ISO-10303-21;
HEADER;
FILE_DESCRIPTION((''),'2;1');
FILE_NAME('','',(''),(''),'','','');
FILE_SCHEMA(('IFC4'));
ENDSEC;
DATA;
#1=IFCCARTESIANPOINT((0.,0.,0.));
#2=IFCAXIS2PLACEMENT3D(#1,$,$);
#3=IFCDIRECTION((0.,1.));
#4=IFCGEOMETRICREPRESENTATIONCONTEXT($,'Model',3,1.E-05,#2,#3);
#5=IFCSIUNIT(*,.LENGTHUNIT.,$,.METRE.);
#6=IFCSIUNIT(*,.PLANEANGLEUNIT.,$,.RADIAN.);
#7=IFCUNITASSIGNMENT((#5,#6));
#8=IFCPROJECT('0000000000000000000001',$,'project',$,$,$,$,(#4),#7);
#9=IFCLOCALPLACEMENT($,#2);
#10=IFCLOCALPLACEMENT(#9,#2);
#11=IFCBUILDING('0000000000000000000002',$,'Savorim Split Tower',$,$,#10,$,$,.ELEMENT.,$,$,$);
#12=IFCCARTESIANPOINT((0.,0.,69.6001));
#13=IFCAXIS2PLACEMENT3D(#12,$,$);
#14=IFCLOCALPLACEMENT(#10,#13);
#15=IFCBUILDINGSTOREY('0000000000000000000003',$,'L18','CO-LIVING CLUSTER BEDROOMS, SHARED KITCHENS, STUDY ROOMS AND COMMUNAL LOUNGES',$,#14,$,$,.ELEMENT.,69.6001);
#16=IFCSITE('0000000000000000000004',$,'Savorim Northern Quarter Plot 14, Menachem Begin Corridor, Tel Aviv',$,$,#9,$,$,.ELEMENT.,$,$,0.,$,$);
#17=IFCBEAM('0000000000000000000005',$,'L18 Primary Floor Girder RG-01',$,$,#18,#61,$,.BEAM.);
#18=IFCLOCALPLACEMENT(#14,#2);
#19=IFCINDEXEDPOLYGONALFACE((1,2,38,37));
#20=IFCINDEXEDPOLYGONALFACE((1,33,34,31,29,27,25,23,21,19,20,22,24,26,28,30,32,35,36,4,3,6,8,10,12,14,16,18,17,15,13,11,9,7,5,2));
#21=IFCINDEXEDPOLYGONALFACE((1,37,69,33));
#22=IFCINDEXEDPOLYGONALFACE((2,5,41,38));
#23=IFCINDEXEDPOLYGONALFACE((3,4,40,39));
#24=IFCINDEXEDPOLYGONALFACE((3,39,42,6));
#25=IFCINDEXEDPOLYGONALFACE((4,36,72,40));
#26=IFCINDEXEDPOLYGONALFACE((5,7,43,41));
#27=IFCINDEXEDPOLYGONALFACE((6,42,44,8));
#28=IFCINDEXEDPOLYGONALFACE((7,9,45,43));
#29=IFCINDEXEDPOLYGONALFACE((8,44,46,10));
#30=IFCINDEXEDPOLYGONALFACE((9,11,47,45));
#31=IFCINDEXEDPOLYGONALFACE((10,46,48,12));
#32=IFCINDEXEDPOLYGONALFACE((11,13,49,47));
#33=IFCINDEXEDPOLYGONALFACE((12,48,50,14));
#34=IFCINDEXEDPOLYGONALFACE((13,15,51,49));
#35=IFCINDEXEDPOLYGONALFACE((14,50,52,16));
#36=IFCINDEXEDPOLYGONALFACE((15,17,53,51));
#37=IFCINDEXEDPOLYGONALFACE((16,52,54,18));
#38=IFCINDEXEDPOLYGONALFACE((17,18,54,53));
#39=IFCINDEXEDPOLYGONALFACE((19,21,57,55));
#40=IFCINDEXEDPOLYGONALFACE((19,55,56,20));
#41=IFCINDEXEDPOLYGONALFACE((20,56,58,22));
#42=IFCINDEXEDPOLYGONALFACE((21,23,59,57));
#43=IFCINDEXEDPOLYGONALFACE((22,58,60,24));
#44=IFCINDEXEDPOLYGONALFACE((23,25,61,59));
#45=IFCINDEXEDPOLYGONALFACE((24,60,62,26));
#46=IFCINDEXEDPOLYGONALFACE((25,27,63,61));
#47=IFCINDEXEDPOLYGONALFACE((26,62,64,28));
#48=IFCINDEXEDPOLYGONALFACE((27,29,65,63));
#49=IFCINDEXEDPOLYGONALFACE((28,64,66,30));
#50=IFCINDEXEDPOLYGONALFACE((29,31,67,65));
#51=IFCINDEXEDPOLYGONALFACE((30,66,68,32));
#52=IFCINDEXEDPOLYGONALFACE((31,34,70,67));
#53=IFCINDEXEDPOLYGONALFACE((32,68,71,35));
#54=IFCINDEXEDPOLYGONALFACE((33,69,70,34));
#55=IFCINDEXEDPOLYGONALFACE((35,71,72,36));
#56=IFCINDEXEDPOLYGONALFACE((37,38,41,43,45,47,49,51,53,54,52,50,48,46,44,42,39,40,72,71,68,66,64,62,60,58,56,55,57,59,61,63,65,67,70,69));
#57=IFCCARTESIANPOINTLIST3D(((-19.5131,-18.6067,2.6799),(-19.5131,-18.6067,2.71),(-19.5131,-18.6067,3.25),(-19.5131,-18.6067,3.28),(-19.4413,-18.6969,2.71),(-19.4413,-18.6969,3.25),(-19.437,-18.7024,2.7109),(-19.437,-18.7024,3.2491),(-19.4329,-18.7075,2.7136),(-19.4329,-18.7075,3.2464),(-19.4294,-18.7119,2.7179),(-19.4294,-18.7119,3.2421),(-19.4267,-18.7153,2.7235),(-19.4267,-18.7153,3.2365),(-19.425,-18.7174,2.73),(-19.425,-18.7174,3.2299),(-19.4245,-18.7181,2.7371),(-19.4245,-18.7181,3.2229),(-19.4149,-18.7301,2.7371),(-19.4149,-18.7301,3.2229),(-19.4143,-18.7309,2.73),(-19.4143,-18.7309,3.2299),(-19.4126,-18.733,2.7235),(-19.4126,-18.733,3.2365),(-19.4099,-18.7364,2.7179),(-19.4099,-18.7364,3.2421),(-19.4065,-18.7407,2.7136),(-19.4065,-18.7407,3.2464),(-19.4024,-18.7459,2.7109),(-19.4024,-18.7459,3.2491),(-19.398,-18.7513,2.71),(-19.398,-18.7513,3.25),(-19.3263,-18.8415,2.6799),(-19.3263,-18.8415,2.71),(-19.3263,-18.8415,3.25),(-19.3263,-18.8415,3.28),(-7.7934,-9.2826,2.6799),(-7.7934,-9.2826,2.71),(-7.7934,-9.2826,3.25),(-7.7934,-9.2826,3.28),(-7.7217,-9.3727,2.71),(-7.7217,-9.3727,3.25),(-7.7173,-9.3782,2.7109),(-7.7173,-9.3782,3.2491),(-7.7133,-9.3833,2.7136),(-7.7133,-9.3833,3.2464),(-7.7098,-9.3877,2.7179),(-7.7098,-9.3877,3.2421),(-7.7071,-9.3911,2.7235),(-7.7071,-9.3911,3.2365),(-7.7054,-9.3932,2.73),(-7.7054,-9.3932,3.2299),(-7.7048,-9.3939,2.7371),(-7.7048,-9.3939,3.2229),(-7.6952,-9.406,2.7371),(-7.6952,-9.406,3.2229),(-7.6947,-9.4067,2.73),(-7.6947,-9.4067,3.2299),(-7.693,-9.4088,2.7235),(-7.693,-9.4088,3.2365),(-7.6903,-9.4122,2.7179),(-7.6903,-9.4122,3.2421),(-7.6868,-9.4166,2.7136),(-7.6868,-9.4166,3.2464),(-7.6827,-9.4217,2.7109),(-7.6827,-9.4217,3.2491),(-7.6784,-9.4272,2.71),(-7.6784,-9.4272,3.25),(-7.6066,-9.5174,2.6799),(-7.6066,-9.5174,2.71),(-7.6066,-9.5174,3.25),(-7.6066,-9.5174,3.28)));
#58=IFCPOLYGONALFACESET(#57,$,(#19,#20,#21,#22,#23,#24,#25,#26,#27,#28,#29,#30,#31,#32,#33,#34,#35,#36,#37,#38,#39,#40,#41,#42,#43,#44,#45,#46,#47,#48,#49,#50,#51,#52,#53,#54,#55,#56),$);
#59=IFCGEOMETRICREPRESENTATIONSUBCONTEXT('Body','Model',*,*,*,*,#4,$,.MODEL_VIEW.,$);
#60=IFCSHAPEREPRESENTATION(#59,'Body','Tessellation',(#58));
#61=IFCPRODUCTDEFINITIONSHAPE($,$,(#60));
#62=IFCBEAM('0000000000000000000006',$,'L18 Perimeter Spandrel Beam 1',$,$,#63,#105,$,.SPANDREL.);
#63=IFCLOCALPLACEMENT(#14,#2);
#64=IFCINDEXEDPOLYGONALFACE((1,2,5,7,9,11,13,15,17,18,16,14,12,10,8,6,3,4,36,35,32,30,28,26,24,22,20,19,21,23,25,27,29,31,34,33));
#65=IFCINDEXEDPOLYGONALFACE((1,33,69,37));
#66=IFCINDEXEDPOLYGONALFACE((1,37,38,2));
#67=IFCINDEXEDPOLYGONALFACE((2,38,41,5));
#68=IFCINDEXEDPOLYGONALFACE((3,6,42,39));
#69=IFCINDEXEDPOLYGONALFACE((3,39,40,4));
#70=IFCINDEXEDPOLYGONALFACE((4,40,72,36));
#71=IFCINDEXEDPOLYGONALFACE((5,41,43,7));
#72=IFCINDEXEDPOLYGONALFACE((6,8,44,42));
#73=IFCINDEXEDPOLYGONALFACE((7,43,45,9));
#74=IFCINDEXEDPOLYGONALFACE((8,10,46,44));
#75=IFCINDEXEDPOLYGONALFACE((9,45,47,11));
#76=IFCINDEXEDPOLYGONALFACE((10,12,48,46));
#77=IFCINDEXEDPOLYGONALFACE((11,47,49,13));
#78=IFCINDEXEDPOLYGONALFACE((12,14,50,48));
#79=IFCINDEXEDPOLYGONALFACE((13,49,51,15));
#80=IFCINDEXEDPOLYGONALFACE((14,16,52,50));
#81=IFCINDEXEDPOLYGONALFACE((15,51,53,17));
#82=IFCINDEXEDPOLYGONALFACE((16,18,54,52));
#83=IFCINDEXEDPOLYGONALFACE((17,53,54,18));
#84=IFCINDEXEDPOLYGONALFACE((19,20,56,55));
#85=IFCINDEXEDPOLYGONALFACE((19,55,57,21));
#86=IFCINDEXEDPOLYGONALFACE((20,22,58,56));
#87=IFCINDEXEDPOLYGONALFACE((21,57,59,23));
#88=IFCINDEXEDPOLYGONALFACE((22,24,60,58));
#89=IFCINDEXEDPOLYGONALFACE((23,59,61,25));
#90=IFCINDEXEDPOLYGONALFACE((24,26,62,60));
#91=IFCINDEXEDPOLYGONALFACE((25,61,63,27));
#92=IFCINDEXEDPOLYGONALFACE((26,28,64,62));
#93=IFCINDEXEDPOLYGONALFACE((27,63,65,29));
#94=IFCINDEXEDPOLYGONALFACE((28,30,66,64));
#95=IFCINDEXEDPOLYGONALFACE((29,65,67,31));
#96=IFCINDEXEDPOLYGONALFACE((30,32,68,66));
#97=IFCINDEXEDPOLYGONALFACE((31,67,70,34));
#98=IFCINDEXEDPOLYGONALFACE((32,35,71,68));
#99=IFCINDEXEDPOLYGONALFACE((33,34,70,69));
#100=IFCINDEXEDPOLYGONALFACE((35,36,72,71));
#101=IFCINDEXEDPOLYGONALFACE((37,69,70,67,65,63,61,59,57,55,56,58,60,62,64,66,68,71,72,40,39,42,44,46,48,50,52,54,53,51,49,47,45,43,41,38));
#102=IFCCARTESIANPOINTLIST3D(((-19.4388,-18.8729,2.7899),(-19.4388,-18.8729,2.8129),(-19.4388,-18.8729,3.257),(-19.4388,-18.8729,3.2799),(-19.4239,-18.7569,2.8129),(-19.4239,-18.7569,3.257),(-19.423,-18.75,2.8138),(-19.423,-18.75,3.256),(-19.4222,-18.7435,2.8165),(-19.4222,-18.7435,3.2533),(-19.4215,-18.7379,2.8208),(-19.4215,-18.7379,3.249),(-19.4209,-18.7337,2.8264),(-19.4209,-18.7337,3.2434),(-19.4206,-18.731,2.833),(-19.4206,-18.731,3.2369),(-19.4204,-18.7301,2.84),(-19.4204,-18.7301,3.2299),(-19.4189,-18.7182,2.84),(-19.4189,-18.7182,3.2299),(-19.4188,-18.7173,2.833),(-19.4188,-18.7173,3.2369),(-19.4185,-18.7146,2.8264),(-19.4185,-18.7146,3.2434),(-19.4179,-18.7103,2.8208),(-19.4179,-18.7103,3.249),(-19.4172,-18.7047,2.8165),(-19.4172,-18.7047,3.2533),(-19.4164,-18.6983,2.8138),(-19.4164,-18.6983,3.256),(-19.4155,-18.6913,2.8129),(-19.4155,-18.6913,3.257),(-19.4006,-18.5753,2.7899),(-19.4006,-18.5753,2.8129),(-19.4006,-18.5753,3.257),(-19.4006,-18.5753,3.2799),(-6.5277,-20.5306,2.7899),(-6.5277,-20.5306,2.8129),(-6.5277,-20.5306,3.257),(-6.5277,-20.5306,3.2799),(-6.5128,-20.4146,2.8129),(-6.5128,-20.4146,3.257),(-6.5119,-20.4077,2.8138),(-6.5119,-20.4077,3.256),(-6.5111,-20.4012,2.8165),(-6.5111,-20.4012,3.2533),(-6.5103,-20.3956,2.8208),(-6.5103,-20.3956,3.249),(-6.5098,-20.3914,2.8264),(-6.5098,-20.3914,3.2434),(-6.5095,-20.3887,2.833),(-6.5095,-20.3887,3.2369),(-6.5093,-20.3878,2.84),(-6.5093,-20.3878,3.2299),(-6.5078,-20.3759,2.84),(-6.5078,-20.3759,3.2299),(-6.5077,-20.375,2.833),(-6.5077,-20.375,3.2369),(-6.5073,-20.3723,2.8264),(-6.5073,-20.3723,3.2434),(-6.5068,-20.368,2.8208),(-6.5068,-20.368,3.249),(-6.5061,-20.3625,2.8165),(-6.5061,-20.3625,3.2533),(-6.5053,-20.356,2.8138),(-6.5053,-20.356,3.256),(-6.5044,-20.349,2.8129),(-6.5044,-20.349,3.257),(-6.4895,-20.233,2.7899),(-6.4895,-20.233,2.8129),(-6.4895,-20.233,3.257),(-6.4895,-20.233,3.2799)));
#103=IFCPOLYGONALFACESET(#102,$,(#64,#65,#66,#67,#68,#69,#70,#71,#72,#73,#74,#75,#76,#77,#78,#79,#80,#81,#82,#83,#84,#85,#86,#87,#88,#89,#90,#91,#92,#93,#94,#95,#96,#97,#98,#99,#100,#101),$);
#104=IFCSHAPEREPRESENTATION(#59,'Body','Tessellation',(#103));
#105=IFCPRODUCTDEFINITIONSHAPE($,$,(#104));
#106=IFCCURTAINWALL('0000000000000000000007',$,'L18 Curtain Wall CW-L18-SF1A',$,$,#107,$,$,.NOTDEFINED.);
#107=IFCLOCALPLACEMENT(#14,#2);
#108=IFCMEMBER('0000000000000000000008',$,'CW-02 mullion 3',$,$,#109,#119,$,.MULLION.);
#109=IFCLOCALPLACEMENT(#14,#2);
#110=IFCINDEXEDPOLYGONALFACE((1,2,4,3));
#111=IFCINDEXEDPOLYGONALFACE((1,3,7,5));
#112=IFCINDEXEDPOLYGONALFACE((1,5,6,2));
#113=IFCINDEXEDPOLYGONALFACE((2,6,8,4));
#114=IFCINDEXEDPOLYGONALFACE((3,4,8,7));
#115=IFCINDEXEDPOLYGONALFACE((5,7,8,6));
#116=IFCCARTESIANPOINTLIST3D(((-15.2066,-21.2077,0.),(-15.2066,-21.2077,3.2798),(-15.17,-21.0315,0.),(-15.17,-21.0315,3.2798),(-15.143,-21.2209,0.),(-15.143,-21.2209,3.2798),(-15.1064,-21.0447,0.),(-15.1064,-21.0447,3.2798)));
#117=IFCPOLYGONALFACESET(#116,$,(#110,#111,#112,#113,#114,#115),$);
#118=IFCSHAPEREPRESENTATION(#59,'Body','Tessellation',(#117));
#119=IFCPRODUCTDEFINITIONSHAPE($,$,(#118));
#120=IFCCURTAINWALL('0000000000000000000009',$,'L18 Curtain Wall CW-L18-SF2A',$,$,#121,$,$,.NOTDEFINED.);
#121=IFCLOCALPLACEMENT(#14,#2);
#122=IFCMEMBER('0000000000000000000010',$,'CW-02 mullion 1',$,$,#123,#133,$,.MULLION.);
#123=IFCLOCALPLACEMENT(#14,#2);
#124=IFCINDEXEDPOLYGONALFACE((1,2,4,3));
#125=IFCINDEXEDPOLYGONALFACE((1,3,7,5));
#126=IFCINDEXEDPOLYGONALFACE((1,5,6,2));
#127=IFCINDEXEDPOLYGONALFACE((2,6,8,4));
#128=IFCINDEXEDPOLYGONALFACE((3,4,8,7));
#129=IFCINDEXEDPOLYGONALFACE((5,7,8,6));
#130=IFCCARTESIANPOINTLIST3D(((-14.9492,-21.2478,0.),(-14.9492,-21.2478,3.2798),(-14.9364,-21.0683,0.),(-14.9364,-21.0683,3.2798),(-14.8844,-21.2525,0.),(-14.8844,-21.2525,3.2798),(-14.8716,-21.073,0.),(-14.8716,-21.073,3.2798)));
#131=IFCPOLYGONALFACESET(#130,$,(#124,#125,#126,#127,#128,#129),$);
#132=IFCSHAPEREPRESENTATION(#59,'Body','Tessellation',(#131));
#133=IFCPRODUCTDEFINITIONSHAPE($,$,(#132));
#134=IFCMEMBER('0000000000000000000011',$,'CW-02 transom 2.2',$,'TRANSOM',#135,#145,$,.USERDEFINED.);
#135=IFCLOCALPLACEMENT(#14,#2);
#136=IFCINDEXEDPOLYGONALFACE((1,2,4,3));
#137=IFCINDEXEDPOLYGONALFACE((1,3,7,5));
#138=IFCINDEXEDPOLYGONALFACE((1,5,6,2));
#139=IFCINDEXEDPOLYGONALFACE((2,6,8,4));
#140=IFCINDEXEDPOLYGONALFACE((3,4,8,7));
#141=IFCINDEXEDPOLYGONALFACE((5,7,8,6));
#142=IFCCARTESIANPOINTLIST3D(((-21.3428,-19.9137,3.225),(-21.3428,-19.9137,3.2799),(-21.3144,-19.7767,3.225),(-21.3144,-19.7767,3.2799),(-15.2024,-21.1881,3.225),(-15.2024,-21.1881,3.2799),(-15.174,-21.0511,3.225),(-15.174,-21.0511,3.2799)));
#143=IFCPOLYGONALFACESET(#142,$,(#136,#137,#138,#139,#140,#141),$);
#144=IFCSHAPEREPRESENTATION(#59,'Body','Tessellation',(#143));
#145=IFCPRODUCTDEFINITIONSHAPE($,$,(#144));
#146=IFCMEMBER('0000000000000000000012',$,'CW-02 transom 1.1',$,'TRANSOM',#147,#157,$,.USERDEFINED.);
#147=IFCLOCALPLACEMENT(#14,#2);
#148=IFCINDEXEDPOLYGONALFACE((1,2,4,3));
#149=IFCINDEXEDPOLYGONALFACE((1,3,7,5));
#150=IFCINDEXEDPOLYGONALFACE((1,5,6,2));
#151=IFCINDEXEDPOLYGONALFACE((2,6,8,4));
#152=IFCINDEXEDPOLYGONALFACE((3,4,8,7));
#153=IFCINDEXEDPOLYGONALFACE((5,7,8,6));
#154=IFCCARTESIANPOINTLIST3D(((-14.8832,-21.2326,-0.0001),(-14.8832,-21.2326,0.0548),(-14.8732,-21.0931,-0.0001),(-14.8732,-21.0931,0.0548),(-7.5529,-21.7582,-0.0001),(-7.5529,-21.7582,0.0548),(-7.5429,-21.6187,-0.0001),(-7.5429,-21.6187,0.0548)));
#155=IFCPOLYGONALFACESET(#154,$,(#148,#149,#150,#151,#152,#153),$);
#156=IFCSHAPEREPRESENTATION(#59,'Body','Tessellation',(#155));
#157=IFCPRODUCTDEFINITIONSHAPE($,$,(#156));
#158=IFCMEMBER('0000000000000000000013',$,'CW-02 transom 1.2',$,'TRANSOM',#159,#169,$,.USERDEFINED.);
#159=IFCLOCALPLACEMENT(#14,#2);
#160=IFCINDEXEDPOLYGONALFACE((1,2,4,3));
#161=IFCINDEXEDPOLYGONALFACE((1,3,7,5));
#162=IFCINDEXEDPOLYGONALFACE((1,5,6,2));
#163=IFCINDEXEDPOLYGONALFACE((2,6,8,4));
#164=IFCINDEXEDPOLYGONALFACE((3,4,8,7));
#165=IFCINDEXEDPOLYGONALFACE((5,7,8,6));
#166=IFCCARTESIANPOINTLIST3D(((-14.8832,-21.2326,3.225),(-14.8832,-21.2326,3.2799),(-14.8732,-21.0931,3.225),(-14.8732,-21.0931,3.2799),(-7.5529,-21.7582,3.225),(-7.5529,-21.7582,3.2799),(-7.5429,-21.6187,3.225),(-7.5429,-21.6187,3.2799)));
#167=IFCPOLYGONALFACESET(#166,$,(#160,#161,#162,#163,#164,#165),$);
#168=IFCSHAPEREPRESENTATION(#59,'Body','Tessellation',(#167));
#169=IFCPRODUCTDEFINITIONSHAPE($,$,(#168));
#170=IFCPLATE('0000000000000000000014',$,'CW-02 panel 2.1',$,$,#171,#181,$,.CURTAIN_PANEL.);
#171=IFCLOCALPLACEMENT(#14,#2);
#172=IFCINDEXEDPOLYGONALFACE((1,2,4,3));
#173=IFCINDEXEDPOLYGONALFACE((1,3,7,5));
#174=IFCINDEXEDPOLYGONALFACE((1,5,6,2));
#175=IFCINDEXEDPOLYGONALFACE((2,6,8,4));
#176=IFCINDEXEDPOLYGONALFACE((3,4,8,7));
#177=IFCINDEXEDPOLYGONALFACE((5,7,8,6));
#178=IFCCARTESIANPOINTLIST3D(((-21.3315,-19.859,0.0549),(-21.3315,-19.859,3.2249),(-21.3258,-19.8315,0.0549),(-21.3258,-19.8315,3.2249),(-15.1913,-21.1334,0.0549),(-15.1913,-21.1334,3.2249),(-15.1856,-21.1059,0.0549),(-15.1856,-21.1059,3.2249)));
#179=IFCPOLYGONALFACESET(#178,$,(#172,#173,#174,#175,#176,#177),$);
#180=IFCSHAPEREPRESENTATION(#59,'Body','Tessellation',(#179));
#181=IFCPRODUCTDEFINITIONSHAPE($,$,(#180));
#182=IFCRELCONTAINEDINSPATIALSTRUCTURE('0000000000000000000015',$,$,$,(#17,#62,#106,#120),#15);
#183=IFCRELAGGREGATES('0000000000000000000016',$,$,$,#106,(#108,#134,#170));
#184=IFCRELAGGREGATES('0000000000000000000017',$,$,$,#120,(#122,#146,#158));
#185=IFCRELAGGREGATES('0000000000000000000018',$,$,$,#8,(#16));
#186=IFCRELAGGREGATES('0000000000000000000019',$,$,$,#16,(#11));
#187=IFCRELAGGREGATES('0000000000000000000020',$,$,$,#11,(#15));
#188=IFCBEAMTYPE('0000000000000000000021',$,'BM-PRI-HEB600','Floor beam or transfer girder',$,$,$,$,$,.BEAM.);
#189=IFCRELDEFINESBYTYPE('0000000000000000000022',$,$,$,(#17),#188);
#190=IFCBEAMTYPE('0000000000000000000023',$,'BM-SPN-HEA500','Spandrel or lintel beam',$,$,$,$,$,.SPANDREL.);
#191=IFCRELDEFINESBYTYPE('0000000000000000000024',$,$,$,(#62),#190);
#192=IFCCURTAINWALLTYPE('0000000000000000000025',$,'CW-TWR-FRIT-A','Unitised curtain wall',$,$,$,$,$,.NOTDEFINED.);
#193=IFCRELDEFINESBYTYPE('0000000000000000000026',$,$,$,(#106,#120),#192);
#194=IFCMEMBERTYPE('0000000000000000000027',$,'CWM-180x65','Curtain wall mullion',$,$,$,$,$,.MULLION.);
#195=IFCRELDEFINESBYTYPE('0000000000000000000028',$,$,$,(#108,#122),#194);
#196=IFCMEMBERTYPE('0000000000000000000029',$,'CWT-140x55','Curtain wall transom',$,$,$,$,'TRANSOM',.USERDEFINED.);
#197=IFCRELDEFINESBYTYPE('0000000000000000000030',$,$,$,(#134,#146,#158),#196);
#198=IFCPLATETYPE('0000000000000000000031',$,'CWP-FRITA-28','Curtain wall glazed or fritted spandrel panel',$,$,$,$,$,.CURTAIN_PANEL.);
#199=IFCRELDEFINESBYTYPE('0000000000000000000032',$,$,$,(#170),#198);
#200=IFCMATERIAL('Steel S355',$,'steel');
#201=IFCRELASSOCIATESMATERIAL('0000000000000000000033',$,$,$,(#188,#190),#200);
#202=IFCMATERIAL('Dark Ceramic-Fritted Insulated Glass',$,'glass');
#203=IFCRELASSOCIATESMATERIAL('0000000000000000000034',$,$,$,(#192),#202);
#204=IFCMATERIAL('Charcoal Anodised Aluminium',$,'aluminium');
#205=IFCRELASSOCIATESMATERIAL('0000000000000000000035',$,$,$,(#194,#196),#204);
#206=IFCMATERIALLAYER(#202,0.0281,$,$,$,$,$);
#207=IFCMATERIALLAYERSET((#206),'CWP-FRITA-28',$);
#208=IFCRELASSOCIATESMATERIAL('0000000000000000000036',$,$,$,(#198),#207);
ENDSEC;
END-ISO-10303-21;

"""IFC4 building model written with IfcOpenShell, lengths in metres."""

from ifc_helpers import new_model, si_unit, direction, frame, origin, origin_2d, place, context, subcontext, project, spatial, rectangle, i_section, extrude, material, layer, layer_set, material_profile, profile_set, type_object, element, aggregate, save


model = new_model("IFC4")

# Units and contexts
model_context = context("Model", 3, precision=1e-05, world=origin(), true_north=direction((0.0, 1.0)))
body_context = subcontext(model_context, "Body", "Model", "MODEL_VIEW")
ifc_project = project(units=[si_unit("LENGTHUNIT", "METRE"), si_unit("PLANEANGLEUNIT", "RADIAN")], contexts=[model_context])

# Site, building, storey
site_placement = place(None, origin())
site = spatial("IfcSite", under=ifc_project, at=site_placement, Name="Savorim Northern Quarter Plot 14, Menachem Begin Corridor, Tel Aviv", CompositionType="ELEMENT", RefElevation=0.0)
building_placement = place(site_placement, origin())
building = spatial("IfcBuilding", under=site, at=building_placement, Name="Savorim Split Tower", CompositionType="ELEMENT")
storey_placement = place(building_placement, frame((0.0, 0.0, 69.6001)))
storey = spatial("IfcBuildingStorey", under=building, at=storey_placement, Name="L18", Description="CO-LIVING CLUSTER BEDROOMS, SHARED KITCHENS, STUDY ROOMS AND COMMUNAL LOUNGES", CompositionType="ELEMENT", Elevation=69.6001)

# Beams
ifc_material_1 = material(Name="Steel S355", Category="steel")
ifc_material_profile_1 = material_profile(ifc_material_1, i_section(OverallWidth=0.3, OverallDepth=0.6001, WebThickness=0.0154, FlangeThickness=0.03, FilletRadius=0.0271, at=origin_2d()), Name="HEB 600")
ifc_profile_set_1 = profile_set([ifc_material_profile_1], Name="Steel S355")
beam_type_1 = type_object("IfcBeamType", Name="BM-PRI-HEB600", Description="Floor beam or transfer girder", PredefinedType="BEAM", material=ifc_profile_set_1)
beam_1_placement = place(storey_placement, frame((-19.4197, -18.7241, 2.98), z_axis=(0.782545, 0.622593, 0.0), x_axis=(-0.622593, 0.782545, 0.0)))
element("IfcBeam", 1, at=beam_1_placement, inside=storey, type_object=beam_type_1, Name="L18 Primary Floor Girder RG-01", PredefinedType="BEAM", context=body_context, shape_type="SweptSolid", body=[
    extrude(i_section(OverallWidth=0.3, OverallDepth=0.6001, WebThickness=0.0154, FlangeThickness=0.03, FilletRadius=0.0271, at=origin_2d()), origin(), (0.0, 0.0, 1.0), 14.9763),
])
ifc_material_profile_2 = material_profile(ifc_material_1, i_section(OverallWidth=0.3, OverallDepth=0.49, WebThickness=0.012, FlangeThickness=0.0229, FilletRadius=0.0271, at=origin_2d()), Name="HEA 500")
ifc_profile_set_2 = profile_set([ifc_material_profile_2], Name="Steel S355")
beam_type_2 = type_object("IfcBeamType", Name="BM-SPN-HEA500", Description="Spandrel or lintel beam", PredefinedType="SPANDREL", material=ifc_profile_set_2)
beam_2_placement = place(storey_placement, frame((-19.4197, -18.7241, 3.0349), z_axis=(0.991858, -0.127349, 0.0), x_axis=(0.127349, 0.991858, 0.0)))
element("IfcBeam", 2, at=beam_2_placement, inside=storey, type_object=beam_type_2, Name="L18 Perimeter Spandrel Beam 1", PredefinedType="SPANDREL", context=body_context, shape_type="SweptSolid", body=[
    extrude(i_section(OverallWidth=0.3, OverallDepth=0.49, WebThickness=0.012, FlangeThickness=0.0229, FilletRadius=0.0271, at=origin_2d()), origin(), (0.0, 0.0, 1.0), 13.0171),
])

# Curtain walls, members
ifc_material_2 = material(Name="Dark Ceramic-Fritted Insulated Glass", Category="glass")
curtain_wall_type = type_object("IfcCurtainWallType", Name="CW-TWR-FRIT-A", Description="Unitised curtain wall", PredefinedType="NOTDEFINED", material=ifc_material_2)
curtain_wall_1_placement = place(storey_placement, origin())
curtain_wall_1 = element("IfcCurtainWall", 3, at=curtain_wall_1_placement, inside=storey, type_object=curtain_wall_type, Name="L18 Curtain Wall CW-L18-SF1A", PredefinedType="NOTDEFINED")
ifc_material_3 = material(Name="Charcoal Anodised Aluminium", Category="aluminium")
ifc_material_profile_3 = material_profile(ifc_material_3, rectangle(XDim=0.1799, YDim=0.0649, at=origin_2d()), Name="ALU-M 180x65")
ifc_profile_set_3 = profile_set([ifc_material_profile_3], Name="Charcoal Anodised Aluminium")
member_type_1 = type_object("IfcMemberType", Name="CWM-180x65", Description="Curtain wall mullion", PredefinedType="MULLION", material=ifc_profile_set_3)
member_1_placement = place(storey_placement, frame((-15.1565, -21.1262, 0.0), z_axis=(0.0, 0.0, 1.0), x_axis=(0.203216, 0.979134, 0.0)))
member_1 = element("IfcMember", 4, at=member_1_placement, type_object=member_type_1, Name="CW-02 mullion 3", PredefinedType="MULLION", context=body_context, shape_type="SweptSolid", body=[
    extrude(rectangle(XDim=0.1799, YDim=0.0649, at=origin_2d()), origin(), (0.0, 0.0, 1.0), 3.2798),
])
curtain_wall_2_placement = place(storey_placement, origin())
curtain_wall_2 = element("IfcCurtainWall", 5, at=curtain_wall_2_placement, inside=storey, type_object=curtain_wall_type, Name="L18 Curtain Wall CW-L18-SF2A", PredefinedType="NOTDEFINED")
member_2_placement = place(storey_placement, frame((-14.9104, -21.1604, 0.0), z_axis=(0.0, 0.0, 1.0), x_axis=(0.071546, 0.997437, 0.0)))
member_2 = element("IfcMember", 6, at=member_2_placement, type_object=member_type_1, Name="CW-02 mullion 1", PredefinedType="MULLION", context=body_context, shape_type="SweptSolid", body=[
    extrude(rectangle(XDim=0.1799, YDim=0.0649, at=origin_2d()), origin(), (0.0, 0.0, 1.0), 3.2798),
])

# Members
ifc_material_profile_4 = material_profile(ifc_material_3, rectangle(XDim=0.1399, YDim=0.0549, at=origin_2d()), Name="ALU-T 140x55")
ifc_profile_set_4 = profile_set([ifc_material_profile_4], Name="Charcoal Anodised Aluminium")
member_type_2 = type_object("IfcMemberType", Name="CWT-140x55", Description="Curtain wall transom", ElementType="TRANSOM", PredefinedType="USERDEFINED", material=ifc_profile_set_4)
member_3_placement = place(storey_placement, frame((-21.3286, -19.8452, 3.2524), z_axis=(0.979134, -0.203216, 0.0), x_axis=(0.203216, 0.979134, 0.0)))
member_3 = element("IfcMember", 7, at=member_3_placement, type_object=member_type_2, Name="CW-02 transom 2.2", ObjectType="TRANSOM", PredefinedType="USERDEFINED", context=body_context, shape_type="SweptSolid", body=[
    extrude(rectangle(XDim=0.1399, YDim=0.0549, at=origin_2d()), origin(), (0.0, 0.0, 1.0), 6.2712),
])
member_4_placement = place(storey_placement, frame((-14.8782, -21.1628, 0.0273), z_axis=(0.997439, -0.071523, 0.0), x_axis=(0.071523, 0.997439, 0.0)))
member_4 = element("IfcMember", 8, at=member_4_placement, type_object=member_type_2, Name="CW-02 transom 1.1", ObjectType="TRANSOM", PredefinedType="USERDEFINED", context=body_context, shape_type="SweptSolid", body=[
    extrude(rectangle(XDim=0.1399, YDim=0.0549, at=origin_2d()), origin(), (0.0, 0.0, 1.0), 7.3491),
])
member_5_placement = place(storey_placement, frame((-14.8782, -21.1628, 3.2524), z_axis=(0.997439, -0.071523, 0.0), x_axis=(0.071523, 0.997439, 0.0)))
member_5 = element("IfcMember", 9, at=member_5_placement, type_object=member_type_2, Name="CW-02 transom 1.2", ObjectType="TRANSOM", PredefinedType="USERDEFINED", context=body_context, shape_type="SweptSolid", body=[
    extrude(rectangle(XDim=0.1399, YDim=0.0549, at=origin_2d()), origin(), (0.0, 0.0, 1.0), 7.3491),
])

# Plate
ifc_layer_1 = layer(ifc_material_2, 0.0281)
ifc_layer_set_1 = layer_set([ifc_layer_1], Name="CWP-FRITA-28")
plate_type = type_object("IfcPlateType", Name="CWP-FRITA-28", Description="Curtain wall glazed or fritted spandrel panel", PredefinedType="CURTAIN_PANEL", material=ifc_layer_set_1)
plate_1_placement = place(storey_placement, frame((-18.2585, -20.4824, 0.0549), z_axis=(0.0, 0.0, 1.0), x_axis=(0.979134, -0.203216, 0.0)))
plate_1 = element("IfcPlate", 10, at=plate_1_placement, type_object=plate_type, Name="CW-02 panel 2.1", PredefinedType="CURTAIN_PANEL", context=body_context, shape_type="SweptSolid", body=[
    extrude(rectangle(XDim=6.271, YDim=0.0281, at=origin_2d()), origin(), (0.0, 0.0, 1.0), 3.1699),
])
aggregate(curtain_wall_1, [member_1, member_3, plate_1])
aggregate(curtain_wall_2, [member_2, member_4, member_5])

save(model, "model.ifc")
